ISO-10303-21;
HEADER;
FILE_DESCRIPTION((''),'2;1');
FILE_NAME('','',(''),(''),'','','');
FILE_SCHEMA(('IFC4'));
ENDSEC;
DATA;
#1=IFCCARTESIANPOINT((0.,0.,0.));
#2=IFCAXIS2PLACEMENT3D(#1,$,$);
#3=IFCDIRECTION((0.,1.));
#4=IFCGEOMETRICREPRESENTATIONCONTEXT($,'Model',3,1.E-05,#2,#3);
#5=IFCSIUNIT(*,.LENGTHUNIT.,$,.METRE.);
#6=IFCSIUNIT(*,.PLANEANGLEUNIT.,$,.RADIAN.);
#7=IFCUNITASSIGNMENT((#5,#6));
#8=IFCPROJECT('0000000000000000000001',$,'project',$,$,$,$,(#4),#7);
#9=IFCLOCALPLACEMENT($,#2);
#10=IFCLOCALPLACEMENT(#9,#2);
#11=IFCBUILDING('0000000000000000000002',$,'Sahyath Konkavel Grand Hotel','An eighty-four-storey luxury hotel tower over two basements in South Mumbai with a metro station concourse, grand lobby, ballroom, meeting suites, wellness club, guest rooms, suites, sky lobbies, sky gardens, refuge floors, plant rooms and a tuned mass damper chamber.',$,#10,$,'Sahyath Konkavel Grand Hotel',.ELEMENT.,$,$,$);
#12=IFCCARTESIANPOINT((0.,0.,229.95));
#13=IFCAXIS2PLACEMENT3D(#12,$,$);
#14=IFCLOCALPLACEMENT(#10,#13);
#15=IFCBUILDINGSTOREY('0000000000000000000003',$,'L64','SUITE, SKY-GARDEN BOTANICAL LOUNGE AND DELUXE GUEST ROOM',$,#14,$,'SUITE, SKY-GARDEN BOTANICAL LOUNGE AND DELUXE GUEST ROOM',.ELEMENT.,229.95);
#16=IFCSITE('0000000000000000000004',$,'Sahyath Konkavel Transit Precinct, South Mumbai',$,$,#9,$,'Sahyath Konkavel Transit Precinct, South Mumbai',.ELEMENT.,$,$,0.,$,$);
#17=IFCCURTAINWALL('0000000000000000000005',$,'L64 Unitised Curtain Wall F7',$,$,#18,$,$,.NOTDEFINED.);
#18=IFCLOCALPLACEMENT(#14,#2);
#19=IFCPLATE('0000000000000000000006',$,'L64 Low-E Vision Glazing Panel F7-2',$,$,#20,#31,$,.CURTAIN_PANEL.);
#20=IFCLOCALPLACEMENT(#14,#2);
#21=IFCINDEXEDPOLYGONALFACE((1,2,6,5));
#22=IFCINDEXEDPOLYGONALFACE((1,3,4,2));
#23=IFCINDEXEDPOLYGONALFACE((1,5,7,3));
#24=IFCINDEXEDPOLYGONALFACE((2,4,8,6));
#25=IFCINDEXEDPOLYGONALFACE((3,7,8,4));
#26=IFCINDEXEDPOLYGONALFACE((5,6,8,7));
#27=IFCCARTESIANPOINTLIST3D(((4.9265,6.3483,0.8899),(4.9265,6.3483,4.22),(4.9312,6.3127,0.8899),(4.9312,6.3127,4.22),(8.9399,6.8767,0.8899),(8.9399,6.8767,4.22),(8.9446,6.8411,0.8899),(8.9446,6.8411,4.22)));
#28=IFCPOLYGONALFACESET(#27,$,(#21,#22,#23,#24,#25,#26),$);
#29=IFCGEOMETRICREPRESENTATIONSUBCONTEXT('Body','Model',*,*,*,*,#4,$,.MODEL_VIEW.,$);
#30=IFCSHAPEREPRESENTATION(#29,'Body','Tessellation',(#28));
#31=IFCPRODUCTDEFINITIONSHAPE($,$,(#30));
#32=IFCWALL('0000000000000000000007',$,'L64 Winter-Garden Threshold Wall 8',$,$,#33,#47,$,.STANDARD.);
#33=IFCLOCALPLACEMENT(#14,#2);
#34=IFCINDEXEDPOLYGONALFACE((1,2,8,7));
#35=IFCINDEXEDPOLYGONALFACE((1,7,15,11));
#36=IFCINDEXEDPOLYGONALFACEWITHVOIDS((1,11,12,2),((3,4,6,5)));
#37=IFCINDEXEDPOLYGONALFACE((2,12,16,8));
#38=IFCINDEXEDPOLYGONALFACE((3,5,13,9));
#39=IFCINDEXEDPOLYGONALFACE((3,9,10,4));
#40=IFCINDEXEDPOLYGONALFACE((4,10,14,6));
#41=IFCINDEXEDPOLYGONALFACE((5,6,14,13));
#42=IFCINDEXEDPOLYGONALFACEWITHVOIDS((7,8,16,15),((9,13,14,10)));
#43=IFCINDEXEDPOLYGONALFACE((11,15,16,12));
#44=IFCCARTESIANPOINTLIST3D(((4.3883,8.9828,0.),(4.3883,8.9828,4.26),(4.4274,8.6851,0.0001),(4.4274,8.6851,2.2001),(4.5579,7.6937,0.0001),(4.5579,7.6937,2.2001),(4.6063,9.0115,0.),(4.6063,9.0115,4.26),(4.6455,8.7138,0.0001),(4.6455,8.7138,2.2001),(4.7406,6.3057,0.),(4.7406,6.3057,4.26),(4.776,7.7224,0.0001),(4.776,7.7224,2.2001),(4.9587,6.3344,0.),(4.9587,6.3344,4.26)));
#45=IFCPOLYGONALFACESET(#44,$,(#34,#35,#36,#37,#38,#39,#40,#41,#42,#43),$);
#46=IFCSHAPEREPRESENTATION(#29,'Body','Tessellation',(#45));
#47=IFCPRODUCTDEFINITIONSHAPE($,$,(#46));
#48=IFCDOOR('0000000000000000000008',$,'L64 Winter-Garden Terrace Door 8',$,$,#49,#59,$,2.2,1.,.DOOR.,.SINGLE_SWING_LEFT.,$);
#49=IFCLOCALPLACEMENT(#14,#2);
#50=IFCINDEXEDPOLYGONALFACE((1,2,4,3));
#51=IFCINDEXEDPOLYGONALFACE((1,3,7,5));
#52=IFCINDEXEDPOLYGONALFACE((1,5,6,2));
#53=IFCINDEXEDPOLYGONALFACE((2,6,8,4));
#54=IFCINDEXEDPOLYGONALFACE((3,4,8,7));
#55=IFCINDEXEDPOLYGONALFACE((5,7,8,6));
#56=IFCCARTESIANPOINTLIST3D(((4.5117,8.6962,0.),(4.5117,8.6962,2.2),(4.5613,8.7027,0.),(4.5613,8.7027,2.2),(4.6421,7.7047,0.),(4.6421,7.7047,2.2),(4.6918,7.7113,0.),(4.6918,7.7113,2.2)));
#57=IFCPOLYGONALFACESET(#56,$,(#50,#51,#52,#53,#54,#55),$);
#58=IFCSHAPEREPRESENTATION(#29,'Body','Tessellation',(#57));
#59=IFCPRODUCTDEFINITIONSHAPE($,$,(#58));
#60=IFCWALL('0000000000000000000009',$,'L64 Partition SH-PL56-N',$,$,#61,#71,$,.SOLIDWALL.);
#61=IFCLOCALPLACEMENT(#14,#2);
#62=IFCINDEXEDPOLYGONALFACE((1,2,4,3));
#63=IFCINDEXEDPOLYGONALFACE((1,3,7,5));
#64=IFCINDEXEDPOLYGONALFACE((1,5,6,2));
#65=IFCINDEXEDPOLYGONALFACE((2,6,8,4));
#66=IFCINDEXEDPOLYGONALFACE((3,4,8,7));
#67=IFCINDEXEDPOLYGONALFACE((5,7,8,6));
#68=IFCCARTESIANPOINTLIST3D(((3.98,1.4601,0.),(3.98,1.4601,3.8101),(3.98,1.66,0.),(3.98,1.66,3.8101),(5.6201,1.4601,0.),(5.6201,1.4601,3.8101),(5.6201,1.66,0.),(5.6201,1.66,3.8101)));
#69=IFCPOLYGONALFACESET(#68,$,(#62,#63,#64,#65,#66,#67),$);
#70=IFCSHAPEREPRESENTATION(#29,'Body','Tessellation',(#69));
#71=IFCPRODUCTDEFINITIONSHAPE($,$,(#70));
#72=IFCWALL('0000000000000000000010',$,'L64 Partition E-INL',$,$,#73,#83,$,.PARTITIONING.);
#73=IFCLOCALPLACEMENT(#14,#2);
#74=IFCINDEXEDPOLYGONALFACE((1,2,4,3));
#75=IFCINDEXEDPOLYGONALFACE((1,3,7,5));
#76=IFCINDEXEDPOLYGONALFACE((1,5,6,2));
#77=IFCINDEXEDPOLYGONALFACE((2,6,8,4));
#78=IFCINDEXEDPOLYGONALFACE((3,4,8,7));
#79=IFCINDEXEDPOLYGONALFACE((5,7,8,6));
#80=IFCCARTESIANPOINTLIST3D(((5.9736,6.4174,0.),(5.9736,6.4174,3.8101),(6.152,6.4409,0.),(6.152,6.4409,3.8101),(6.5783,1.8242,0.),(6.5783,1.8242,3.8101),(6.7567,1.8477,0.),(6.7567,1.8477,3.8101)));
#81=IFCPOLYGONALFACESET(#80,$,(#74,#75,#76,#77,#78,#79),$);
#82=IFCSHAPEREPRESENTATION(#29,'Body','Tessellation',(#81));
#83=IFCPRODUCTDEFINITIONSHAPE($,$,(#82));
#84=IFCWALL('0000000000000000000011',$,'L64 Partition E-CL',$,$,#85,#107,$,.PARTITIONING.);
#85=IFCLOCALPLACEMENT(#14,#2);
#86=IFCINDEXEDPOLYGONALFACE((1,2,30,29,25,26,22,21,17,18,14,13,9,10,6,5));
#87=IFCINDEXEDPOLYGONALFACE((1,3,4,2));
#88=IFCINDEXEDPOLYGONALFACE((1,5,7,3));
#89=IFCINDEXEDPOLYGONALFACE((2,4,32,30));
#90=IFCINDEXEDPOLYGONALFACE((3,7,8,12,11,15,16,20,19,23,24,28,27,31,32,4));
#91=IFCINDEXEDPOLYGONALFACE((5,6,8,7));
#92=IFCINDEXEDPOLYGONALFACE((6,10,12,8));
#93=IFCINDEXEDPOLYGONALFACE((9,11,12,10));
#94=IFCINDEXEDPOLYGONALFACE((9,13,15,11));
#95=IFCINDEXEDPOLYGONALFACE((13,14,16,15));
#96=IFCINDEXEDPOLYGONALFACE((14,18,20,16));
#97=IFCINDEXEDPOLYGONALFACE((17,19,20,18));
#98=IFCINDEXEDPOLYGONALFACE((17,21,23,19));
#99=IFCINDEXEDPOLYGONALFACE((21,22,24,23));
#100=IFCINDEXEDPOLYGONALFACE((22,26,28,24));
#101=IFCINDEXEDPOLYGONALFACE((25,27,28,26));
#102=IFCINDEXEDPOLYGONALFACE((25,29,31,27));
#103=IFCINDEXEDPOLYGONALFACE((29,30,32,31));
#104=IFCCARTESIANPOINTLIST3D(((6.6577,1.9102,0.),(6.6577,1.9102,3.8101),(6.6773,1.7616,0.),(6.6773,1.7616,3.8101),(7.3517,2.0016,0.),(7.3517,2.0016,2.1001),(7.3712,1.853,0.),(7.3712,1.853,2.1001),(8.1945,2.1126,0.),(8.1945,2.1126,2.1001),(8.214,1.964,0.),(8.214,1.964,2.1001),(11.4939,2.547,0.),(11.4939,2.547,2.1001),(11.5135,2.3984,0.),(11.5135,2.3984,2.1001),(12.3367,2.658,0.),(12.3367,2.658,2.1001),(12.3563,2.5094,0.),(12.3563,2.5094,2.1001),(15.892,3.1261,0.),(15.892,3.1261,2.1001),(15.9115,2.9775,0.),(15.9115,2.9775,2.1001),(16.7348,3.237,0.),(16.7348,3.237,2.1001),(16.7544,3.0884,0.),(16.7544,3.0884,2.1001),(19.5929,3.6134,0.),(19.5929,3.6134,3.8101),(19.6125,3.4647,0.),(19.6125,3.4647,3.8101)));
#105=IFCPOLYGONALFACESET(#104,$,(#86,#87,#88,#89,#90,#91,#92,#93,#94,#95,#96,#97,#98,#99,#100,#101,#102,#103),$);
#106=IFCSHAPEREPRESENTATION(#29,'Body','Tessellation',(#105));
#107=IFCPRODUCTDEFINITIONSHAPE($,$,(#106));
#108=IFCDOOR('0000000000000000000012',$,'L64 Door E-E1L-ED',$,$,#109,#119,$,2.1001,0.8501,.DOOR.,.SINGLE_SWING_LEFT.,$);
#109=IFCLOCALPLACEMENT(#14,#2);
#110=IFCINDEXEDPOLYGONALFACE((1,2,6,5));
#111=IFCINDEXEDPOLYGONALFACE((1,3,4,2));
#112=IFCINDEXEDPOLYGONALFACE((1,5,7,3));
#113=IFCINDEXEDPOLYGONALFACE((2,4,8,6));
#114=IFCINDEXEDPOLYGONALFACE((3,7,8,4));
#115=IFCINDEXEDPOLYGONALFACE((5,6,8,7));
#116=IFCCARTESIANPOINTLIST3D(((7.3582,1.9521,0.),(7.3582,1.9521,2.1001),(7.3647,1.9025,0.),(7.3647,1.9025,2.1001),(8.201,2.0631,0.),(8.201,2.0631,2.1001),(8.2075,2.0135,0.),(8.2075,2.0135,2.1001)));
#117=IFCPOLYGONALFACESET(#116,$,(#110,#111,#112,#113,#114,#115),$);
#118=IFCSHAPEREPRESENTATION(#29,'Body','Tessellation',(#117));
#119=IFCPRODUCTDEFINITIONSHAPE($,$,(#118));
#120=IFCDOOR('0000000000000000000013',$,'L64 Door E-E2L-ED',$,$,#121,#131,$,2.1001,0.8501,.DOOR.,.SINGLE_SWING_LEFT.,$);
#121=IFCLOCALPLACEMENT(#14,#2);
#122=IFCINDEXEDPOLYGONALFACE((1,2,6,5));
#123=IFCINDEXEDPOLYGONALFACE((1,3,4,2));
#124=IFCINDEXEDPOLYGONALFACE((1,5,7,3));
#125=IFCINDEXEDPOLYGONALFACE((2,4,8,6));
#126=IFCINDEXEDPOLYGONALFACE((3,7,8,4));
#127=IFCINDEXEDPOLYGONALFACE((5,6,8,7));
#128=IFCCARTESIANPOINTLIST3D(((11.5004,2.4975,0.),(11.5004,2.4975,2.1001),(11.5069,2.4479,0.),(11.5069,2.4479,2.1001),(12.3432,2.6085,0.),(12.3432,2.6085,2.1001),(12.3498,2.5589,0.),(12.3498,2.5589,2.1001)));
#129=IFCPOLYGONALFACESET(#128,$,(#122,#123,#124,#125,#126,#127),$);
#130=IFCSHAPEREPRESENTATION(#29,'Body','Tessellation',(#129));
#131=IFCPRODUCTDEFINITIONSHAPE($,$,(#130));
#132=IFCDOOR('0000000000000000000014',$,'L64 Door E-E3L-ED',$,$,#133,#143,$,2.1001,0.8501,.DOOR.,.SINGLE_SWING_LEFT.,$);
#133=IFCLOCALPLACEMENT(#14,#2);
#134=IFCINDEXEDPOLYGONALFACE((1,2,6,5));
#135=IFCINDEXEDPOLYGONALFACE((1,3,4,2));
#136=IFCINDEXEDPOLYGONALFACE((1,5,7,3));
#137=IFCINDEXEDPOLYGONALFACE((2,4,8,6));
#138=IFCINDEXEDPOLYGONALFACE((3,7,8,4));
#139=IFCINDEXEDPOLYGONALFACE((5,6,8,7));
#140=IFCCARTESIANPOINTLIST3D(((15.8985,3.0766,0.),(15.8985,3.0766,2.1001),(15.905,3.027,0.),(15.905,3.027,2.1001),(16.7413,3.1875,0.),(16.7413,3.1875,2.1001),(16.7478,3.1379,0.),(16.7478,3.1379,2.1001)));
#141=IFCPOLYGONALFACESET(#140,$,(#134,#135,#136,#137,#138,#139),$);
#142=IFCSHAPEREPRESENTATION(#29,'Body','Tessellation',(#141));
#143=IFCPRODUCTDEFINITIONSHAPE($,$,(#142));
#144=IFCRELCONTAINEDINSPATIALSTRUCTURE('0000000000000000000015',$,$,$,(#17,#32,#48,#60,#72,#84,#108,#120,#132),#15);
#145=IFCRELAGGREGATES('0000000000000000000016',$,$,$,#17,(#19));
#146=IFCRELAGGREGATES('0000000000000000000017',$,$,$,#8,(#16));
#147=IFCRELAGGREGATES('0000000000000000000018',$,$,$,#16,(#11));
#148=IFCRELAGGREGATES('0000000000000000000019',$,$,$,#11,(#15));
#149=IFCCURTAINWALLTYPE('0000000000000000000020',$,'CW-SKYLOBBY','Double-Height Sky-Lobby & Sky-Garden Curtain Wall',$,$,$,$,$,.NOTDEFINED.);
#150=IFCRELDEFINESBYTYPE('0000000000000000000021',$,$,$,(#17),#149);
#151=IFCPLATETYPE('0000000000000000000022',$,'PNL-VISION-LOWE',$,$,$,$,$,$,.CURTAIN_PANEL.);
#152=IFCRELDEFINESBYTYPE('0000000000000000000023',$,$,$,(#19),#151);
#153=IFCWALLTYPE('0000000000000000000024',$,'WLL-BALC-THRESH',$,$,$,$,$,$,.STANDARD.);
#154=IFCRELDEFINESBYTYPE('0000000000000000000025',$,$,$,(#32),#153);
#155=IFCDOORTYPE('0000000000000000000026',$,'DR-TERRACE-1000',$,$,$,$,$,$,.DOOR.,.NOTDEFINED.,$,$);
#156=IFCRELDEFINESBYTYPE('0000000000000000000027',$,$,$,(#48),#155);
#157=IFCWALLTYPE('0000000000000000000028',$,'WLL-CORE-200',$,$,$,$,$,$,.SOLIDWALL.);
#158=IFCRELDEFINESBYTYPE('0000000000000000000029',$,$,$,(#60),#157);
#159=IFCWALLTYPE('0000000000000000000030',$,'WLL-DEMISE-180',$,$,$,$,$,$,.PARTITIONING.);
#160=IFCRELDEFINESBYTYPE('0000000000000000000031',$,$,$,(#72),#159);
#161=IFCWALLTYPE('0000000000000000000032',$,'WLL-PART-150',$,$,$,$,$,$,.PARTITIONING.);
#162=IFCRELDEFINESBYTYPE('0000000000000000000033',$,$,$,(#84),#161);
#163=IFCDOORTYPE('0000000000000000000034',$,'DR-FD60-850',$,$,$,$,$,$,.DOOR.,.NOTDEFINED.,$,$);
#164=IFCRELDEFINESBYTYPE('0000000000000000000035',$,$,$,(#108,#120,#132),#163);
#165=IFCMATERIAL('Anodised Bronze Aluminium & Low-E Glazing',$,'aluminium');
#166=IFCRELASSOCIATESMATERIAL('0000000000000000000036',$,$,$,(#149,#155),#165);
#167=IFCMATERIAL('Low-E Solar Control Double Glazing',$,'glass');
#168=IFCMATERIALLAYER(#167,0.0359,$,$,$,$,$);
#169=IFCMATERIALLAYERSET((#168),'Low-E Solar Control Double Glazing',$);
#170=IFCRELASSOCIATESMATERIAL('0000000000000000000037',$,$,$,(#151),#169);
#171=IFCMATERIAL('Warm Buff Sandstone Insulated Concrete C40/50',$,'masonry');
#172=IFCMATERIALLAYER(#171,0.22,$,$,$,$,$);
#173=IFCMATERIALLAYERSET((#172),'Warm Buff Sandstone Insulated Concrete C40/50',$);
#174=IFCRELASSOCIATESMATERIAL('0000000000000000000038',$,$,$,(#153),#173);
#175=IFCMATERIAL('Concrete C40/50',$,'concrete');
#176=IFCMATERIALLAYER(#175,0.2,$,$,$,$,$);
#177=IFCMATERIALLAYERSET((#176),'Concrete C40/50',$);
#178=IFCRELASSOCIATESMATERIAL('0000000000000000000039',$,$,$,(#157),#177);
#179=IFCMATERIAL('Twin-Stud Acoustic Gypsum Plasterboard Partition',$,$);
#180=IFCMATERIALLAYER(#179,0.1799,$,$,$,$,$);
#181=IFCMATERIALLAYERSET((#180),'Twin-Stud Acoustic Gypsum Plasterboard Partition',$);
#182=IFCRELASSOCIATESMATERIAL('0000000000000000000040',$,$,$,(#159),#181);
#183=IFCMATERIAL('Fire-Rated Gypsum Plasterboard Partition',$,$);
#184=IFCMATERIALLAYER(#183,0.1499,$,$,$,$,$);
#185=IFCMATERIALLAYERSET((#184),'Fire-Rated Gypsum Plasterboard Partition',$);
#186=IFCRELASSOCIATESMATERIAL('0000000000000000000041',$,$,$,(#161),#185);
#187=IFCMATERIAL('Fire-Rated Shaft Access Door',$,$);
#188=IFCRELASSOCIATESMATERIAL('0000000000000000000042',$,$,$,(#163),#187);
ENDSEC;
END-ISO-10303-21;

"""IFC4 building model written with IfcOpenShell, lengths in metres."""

from ifc_helpers import new_model, si_unit, direction, frame, frame_2d, origin, origin_2d, place, context, subcontext, project, spatial, rectangle, extrude, source, transform, mapped, material, layer, layer_set, type_object, element, fill, aggregate, save


model = new_model("IFC4")

# Units and contexts
model_context = context("Model", 3, precision=1e-05, world=origin(), true_north=direction((0.0, 1.0)))
body_context = subcontext(model_context, "Body", "Model", "MODEL_VIEW")
ifc_project = project(units=[si_unit("LENGTHUNIT", "METRE"), si_unit("PLANEANGLEUNIT", "RADIAN")], contexts=[model_context])

# Site, building, storey
site_placement = place(None, origin())
site = spatial("IfcSite", under=ifc_project, at=site_placement, Name="Sahyath Konkavel Transit Precinct, South Mumbai", LongName="Sahyath Konkavel Transit Precinct, South Mumbai", CompositionType="ELEMENT", RefElevation=0.0)
building_placement = place(site_placement, origin())
building = spatial("IfcBuilding", under=site, at=building_placement, Name="Sahyath Konkavel Grand Hotel", Description="An eighty-four-storey luxury hotel tower over two basements in South Mumbai with a metro station concourse, grand lobby, ballroom, meeting suites, wellness club, guest rooms, suites, sky lobbies, sky gardens, refuge floors, plant rooms and a tuned mass damper chamber.", LongName="Sahyath Konkavel Grand Hotel", CompositionType="ELEMENT")
storey_placement = place(building_placement, frame((0.0, 0.0, 229.95)))
storey = spatial("IfcBuildingStorey", under=building, at=storey_placement, Name="L64", Description="SUITE, SKY-GARDEN BOTANICAL LOUNGE AND DELUXE GUEST ROOM", LongName="SUITE, SKY-GARDEN BOTANICAL LOUNGE AND DELUXE GUEST ROOM", CompositionType="ELEMENT", Elevation=229.95)

# Shared definitions
ifc_material_1 = material(Name="Concrete C40/50", Category="concrete")

# Curtain wall
ifc_material_2 = material(Name="Anodised Bronze Aluminium & Low-E Glazing", Category="aluminium")
curtain_wall_type = type_object("IfcCurtainWallType", Name="CW-SKYLOBBY", Description="Double-Height Sky-Lobby & Sky-Garden Curtain Wall", PredefinedType="NOTDEFINED", material=ifc_material_2)
curtain_wall_placement = place(storey_placement, origin())
curtain_wall = element("IfcCurtainWall", 1, at=curtain_wall_placement, inside=storey, type_object=curtain_wall_type, Name="L64 Unitised Curtain Wall F7", PredefinedType="NOTDEFINED")

# Plate
ifc_material_3 = material(Name="Low-E Solar Control Double Glazing", Category="glass")
ifc_layer_1 = layer(ifc_material_3, 0.0359)
ifc_layer_set_1 = layer_set([ifc_layer_1], Name="Low-E Solar Control Double Glazing")
plate_type_1 = type_object("IfcPlateType", Name="PNL-VISION-LOWE", PredefinedType="CURTAIN_PANEL", material=ifc_layer_set_1)
shared_shape_1 = source(origin(), body_context, "Body", "SweptSolid", [
    extrude(rectangle(XDim=4.0481, YDim=0.0359, at=origin_2d()), origin(), (0.0, 0.0, 1.0), 3.3301),
])
plate_1_placement = place(storey_placement, frame((6.9355, 6.5947, 0.8899), z_axis=(0.0, 0.0, 1.0), x_axis=(-0.991445, -0.130526, 0.0)))
plate_1 = element("IfcPlate", 2, at=plate_1_placement, type_object=plate_type_1, Name="L64 Low-E Vision Glazing Panel F7-2", PredefinedType="CURTAIN_PANEL", context=body_context, shape_type="MappedRepresentation", body=[
    mapped(shared_shape_1, transform((0.0, 0.0, 0.0), scale=1.0)),
])
aggregate(curtain_wall, [plate_1])

# Wall, opening, door
ifc_material_4 = material(Name="Warm Buff Sandstone Insulated Concrete C40/50", Category="masonry")
ifc_layer_2 = layer(ifc_material_4, 0.22)
ifc_layer_set_2 = layer_set([ifc_layer_2], Name="Warm Buff Sandstone Insulated Concrete C40/50")
wall_type_1 = type_object("IfcWallType", Name="WLL-BALC-THRESH", PredefinedType="STANDARD", material=ifc_layer_set_2)
wall_1_placement = place(storey_placement, frame((4.8496, 6.3201, 0.0), z_axis=(0.0, 0.0, 1.0), x_axis=(-0.130476, 0.991452, 0.0)))
wall_1 = element("IfcWall", 3, at=wall_1_placement, inside=storey, type_object=wall_type_1, Name="L64 Winter-Garden Threshold Wall 8", PredefinedType="STANDARD", context=body_context, shape_type="SweptSolid", body=[
    extrude(rectangle(XDim=2.7002, YDim=0.22, at=frame_2d((1.3501, 0.0))), origin(), (0.0, 0.0, 1.0), 4.26),
])
opening_1_placement = place(wall_1_placement, frame((1.3999, 0.0, 0.0)))
opening_1 = element("IfcOpeningElement", 4, at=opening_1_placement, cuts=wall_1, PredefinedType="OPENING", context=body_context, shape_type="SweptSolid", body=[
    extrude(rectangle(XDim=1.0, YDim=2.2, at=frame_2d((0.5, 1.1001))), frame((0.0, 0.1201, 0.0), z_axis=(0.0, -1.0, 0.0), x_axis=(1.0, 0.0, 0.0)), (0.0, 0.0, 1.0), 0.24),
])
door_type_1 = type_object("IfcDoorType", Name="DR-TERRACE-1000", OperationType="NOTDEFINED", PredefinedType="DOOR", material=ifc_material_2)
shared_shape_2 = source(origin(), body_context, "Body", "SweptSolid", [
    extrude(rectangle(XDim=1.0, YDim=0.05, at=origin_2d()), origin(), (0.0, 0.0, 1.0), 2.2),
])
door_1_placement = place(opening_1_placement, frame((0.5, 0.0, 0.0)))
door_1 = element("IfcDoor", 5, at=door_1_placement, inside=storey, type_object=door_type_1, Name="L64 Winter-Garden Terrace Door 8", OperationType="SINGLE_SWING_LEFT", OverallHeight=2.2, OverallWidth=1.0, PredefinedType="DOOR", context=body_context, shape_type="MappedRepresentation", body=[
    mapped(shared_shape_2, transform((0.0, 0.0, 0.0), scale=1.0)),
])
fill(opening_1, door_1)

# Walls
ifc_layer_3 = layer(ifc_material_1, 0.2)
ifc_layer_set_3 = layer_set([ifc_layer_3], Name="Concrete C40/50")
wall_type_2 = type_object("IfcWallType", Name="WLL-CORE-200", PredefinedType="SOLIDWALL", material=ifc_layer_set_3)
wall_2_placement = place(storey_placement, frame((3.98, 1.5601, 0.0), z_axis=(0.0, 0.0, 1.0), x_axis=(1.0, 0.0, 0.0)))
element("IfcWall", 6, at=wall_2_placement, inside=storey, type_object=wall_type_2, Name="L64 Partition SH-PL56-N", PredefinedType="SOLIDWALL", context=body_context, shape_type="SweptSolid", body=[
    extrude(rectangle(XDim=1.6401, YDim=0.2, at=frame_2d((0.8201, 0.0))), origin(), (0.0, 0.0, 1.0), 3.8101),
])
ifc_material_5 = material(Name="Twin-Stud Acoustic Gypsum Plasterboard Partition")
ifc_layer_4 = layer(ifc_material_5, 0.1799)
ifc_layer_set_4 = layer_set([ifc_layer_4], Name="Twin-Stud Acoustic Gypsum Plasterboard Partition")
wall_type_3 = type_object("IfcWallType", Name="WLL-DEMISE-180", PredefinedType="PARTITIONING", material=ifc_layer_set_4)
wall_3_placement = place(storey_placement, frame((6.6675, 1.8359, 0.0), z_axis=(0.0, 0.0, 1.0), x_axis=(-0.130531, 0.991444, 0.0)))
element("IfcWall", 7, at=wall_3_placement, inside=storey, type_object=wall_type_3, Name="L64 Partition E-INL", PredefinedType="PARTITIONING", context=body_context, shape_type="SweptSolid", body=[
    extrude(rectangle(XDim=4.6328, YDim=0.1799, at=frame_2d((2.3164, 0.0))), origin(), (0.0, 0.0, 1.0), 3.8101),
])

# Wall, openings, doors
ifc_material_6 = material(Name="Fire-Rated Gypsum Plasterboard Partition")
ifc_layer_5 = layer(ifc_material_6, 0.1499)
ifc_layer_set_5 = layer_set([ifc_layer_5], Name="Fire-Rated Gypsum Plasterboard Partition")
wall_type_4 = type_object("IfcWallType", Name="WLL-PART-150", PredefinedType="PARTITIONING", material=ifc_layer_set_5)
wall_4_placement = place(storey_placement, frame((6.6675, 1.8359, 0.0), z_axis=(0.0, 0.0, 1.0), x_axis=(0.991443, 0.130538, 0.0)))
wall_4 = element("IfcWall", 8, at=wall_4_placement, inside=storey, type_object=wall_type_4, Name="L64 Partition E-CL", PredefinedType="PARTITIONING", context=body_context, shape_type="SweptSolid", body=[
    extrude(rectangle(XDim=13.0469, YDim=0.1499, at=frame_2d((6.5234, 0.0))), origin(), (0.0, 0.0, 1.0), 3.8101),
])
opening_2_placement = place(wall_4_placement, frame((0.7, 0.0, 0.0)))
opening_2 = element("IfcOpeningElement", 9, at=opening_2_placement, cuts=wall_4, PredefinedType="OPENING", context=body_context, shape_type="SweptSolid", body=[
    extrude(rectangle(XDim=0.8501, YDim=2.1001, at=frame_2d((0.425, 1.05))), frame((0.0, 0.085, 0.0), z_axis=(0.0, -1.0, 0.0), x_axis=(1.0, 0.0, 0.0)), (0.0, 0.0, 1.0), 0.1699),
])
opening_3_placement = place(wall_4_placement, frame((4.8779, 0.0, 0.0)))
opening_3 = element("IfcOpeningElement", 10, at=opening_3_placement, cuts=wall_4, PredefinedType="OPENING", context=body_context, shape_type="SweptSolid", body=[
    extrude(rectangle(XDim=0.8501, YDim=2.1001, at=frame_2d((0.425, 1.05))), frame((0.0, 0.085, 0.0), z_axis=(0.0, -1.0, 0.0), x_axis=(1.0, 0.0, 0.0)), (0.0, 0.0, 1.0), 0.1699),
])
opening_4_placement = place(wall_4_placement, frame((9.314, 0.0, 0.0)))
opening_4 = element("IfcOpeningElement", 11, at=opening_4_placement, cuts=wall_4, PredefinedType="OPENING", context=body_context, shape_type="SweptSolid", body=[
    extrude(rectangle(XDim=0.8501, YDim=2.1001, at=frame_2d((0.425, 1.05))), frame((0.0, 0.085, 0.0), z_axis=(0.0, -1.0, 0.0), x_axis=(1.0, 0.0, 0.0)), (0.0, 0.0, 1.0), 0.1699),
])
ifc_material_7 = material(Name="Fire-Rated Shaft Access Door")
door_type_2 = type_object("IfcDoorType", Name="DR-FD60-850", OperationType="NOTDEFINED", PredefinedType="DOOR", material=ifc_material_7)
shared_shape_3 = source(origin(), body_context, "Body", "SweptSolid", [
    extrude(rectangle(XDim=0.8501, YDim=0.05, at=origin_2d()), origin(), (0.0, 0.0, 1.0), 2.1001),
])
door_2_placement = place(opening_2_placement, frame((0.425, 0.0, 0.0)))
door_2 = element("IfcDoor", 12, at=door_2_placement, inside=storey, type_object=door_type_2, Name="L64 Door E-E1L-ED", OperationType="SINGLE_SWING_LEFT", OverallHeight=2.1001, OverallWidth=0.8501, PredefinedType="DOOR", context=body_context, shape_type="MappedRepresentation", body=[
    mapped(shared_shape_3, transform((0.0, 0.0, 0.0), scale=1.0)),
])
fill(opening_2, door_2)
door_3_placement = place(opening_3_placement, frame((0.425, 0.0, 0.0)))
door_3 = element("IfcDoor", 13, at=door_3_placement, inside=storey, type_object=door_type_2, Name="L64 Door E-E2L-ED", OperationType="SINGLE_SWING_LEFT", OverallHeight=2.1001, OverallWidth=0.8501, PredefinedType="DOOR", context=body_context, shape_type="MappedRepresentation", body=[
    mapped(shared_shape_3, transform((0.0, 0.0, 0.0), scale=1.0)),
])
fill(opening_3, door_3)
door_4_placement = place(opening_4_placement, frame((0.425, 0.0, 0.0)))
door_4 = element("IfcDoor", 14, at=door_4_placement, inside=storey, type_object=door_type_2, Name="L64 Door E-E3L-ED", OperationType="SINGLE_SWING_LEFT", OverallHeight=2.1001, OverallWidth=0.8501, PredefinedType="DOOR", context=body_context, shape_type="MappedRepresentation", body=[
    mapped(shared_shape_3, transform((0.0, 0.0, 0.0), scale=1.0)),
])
fill(opening_4, door_4)

save(model, "model.ifc")
